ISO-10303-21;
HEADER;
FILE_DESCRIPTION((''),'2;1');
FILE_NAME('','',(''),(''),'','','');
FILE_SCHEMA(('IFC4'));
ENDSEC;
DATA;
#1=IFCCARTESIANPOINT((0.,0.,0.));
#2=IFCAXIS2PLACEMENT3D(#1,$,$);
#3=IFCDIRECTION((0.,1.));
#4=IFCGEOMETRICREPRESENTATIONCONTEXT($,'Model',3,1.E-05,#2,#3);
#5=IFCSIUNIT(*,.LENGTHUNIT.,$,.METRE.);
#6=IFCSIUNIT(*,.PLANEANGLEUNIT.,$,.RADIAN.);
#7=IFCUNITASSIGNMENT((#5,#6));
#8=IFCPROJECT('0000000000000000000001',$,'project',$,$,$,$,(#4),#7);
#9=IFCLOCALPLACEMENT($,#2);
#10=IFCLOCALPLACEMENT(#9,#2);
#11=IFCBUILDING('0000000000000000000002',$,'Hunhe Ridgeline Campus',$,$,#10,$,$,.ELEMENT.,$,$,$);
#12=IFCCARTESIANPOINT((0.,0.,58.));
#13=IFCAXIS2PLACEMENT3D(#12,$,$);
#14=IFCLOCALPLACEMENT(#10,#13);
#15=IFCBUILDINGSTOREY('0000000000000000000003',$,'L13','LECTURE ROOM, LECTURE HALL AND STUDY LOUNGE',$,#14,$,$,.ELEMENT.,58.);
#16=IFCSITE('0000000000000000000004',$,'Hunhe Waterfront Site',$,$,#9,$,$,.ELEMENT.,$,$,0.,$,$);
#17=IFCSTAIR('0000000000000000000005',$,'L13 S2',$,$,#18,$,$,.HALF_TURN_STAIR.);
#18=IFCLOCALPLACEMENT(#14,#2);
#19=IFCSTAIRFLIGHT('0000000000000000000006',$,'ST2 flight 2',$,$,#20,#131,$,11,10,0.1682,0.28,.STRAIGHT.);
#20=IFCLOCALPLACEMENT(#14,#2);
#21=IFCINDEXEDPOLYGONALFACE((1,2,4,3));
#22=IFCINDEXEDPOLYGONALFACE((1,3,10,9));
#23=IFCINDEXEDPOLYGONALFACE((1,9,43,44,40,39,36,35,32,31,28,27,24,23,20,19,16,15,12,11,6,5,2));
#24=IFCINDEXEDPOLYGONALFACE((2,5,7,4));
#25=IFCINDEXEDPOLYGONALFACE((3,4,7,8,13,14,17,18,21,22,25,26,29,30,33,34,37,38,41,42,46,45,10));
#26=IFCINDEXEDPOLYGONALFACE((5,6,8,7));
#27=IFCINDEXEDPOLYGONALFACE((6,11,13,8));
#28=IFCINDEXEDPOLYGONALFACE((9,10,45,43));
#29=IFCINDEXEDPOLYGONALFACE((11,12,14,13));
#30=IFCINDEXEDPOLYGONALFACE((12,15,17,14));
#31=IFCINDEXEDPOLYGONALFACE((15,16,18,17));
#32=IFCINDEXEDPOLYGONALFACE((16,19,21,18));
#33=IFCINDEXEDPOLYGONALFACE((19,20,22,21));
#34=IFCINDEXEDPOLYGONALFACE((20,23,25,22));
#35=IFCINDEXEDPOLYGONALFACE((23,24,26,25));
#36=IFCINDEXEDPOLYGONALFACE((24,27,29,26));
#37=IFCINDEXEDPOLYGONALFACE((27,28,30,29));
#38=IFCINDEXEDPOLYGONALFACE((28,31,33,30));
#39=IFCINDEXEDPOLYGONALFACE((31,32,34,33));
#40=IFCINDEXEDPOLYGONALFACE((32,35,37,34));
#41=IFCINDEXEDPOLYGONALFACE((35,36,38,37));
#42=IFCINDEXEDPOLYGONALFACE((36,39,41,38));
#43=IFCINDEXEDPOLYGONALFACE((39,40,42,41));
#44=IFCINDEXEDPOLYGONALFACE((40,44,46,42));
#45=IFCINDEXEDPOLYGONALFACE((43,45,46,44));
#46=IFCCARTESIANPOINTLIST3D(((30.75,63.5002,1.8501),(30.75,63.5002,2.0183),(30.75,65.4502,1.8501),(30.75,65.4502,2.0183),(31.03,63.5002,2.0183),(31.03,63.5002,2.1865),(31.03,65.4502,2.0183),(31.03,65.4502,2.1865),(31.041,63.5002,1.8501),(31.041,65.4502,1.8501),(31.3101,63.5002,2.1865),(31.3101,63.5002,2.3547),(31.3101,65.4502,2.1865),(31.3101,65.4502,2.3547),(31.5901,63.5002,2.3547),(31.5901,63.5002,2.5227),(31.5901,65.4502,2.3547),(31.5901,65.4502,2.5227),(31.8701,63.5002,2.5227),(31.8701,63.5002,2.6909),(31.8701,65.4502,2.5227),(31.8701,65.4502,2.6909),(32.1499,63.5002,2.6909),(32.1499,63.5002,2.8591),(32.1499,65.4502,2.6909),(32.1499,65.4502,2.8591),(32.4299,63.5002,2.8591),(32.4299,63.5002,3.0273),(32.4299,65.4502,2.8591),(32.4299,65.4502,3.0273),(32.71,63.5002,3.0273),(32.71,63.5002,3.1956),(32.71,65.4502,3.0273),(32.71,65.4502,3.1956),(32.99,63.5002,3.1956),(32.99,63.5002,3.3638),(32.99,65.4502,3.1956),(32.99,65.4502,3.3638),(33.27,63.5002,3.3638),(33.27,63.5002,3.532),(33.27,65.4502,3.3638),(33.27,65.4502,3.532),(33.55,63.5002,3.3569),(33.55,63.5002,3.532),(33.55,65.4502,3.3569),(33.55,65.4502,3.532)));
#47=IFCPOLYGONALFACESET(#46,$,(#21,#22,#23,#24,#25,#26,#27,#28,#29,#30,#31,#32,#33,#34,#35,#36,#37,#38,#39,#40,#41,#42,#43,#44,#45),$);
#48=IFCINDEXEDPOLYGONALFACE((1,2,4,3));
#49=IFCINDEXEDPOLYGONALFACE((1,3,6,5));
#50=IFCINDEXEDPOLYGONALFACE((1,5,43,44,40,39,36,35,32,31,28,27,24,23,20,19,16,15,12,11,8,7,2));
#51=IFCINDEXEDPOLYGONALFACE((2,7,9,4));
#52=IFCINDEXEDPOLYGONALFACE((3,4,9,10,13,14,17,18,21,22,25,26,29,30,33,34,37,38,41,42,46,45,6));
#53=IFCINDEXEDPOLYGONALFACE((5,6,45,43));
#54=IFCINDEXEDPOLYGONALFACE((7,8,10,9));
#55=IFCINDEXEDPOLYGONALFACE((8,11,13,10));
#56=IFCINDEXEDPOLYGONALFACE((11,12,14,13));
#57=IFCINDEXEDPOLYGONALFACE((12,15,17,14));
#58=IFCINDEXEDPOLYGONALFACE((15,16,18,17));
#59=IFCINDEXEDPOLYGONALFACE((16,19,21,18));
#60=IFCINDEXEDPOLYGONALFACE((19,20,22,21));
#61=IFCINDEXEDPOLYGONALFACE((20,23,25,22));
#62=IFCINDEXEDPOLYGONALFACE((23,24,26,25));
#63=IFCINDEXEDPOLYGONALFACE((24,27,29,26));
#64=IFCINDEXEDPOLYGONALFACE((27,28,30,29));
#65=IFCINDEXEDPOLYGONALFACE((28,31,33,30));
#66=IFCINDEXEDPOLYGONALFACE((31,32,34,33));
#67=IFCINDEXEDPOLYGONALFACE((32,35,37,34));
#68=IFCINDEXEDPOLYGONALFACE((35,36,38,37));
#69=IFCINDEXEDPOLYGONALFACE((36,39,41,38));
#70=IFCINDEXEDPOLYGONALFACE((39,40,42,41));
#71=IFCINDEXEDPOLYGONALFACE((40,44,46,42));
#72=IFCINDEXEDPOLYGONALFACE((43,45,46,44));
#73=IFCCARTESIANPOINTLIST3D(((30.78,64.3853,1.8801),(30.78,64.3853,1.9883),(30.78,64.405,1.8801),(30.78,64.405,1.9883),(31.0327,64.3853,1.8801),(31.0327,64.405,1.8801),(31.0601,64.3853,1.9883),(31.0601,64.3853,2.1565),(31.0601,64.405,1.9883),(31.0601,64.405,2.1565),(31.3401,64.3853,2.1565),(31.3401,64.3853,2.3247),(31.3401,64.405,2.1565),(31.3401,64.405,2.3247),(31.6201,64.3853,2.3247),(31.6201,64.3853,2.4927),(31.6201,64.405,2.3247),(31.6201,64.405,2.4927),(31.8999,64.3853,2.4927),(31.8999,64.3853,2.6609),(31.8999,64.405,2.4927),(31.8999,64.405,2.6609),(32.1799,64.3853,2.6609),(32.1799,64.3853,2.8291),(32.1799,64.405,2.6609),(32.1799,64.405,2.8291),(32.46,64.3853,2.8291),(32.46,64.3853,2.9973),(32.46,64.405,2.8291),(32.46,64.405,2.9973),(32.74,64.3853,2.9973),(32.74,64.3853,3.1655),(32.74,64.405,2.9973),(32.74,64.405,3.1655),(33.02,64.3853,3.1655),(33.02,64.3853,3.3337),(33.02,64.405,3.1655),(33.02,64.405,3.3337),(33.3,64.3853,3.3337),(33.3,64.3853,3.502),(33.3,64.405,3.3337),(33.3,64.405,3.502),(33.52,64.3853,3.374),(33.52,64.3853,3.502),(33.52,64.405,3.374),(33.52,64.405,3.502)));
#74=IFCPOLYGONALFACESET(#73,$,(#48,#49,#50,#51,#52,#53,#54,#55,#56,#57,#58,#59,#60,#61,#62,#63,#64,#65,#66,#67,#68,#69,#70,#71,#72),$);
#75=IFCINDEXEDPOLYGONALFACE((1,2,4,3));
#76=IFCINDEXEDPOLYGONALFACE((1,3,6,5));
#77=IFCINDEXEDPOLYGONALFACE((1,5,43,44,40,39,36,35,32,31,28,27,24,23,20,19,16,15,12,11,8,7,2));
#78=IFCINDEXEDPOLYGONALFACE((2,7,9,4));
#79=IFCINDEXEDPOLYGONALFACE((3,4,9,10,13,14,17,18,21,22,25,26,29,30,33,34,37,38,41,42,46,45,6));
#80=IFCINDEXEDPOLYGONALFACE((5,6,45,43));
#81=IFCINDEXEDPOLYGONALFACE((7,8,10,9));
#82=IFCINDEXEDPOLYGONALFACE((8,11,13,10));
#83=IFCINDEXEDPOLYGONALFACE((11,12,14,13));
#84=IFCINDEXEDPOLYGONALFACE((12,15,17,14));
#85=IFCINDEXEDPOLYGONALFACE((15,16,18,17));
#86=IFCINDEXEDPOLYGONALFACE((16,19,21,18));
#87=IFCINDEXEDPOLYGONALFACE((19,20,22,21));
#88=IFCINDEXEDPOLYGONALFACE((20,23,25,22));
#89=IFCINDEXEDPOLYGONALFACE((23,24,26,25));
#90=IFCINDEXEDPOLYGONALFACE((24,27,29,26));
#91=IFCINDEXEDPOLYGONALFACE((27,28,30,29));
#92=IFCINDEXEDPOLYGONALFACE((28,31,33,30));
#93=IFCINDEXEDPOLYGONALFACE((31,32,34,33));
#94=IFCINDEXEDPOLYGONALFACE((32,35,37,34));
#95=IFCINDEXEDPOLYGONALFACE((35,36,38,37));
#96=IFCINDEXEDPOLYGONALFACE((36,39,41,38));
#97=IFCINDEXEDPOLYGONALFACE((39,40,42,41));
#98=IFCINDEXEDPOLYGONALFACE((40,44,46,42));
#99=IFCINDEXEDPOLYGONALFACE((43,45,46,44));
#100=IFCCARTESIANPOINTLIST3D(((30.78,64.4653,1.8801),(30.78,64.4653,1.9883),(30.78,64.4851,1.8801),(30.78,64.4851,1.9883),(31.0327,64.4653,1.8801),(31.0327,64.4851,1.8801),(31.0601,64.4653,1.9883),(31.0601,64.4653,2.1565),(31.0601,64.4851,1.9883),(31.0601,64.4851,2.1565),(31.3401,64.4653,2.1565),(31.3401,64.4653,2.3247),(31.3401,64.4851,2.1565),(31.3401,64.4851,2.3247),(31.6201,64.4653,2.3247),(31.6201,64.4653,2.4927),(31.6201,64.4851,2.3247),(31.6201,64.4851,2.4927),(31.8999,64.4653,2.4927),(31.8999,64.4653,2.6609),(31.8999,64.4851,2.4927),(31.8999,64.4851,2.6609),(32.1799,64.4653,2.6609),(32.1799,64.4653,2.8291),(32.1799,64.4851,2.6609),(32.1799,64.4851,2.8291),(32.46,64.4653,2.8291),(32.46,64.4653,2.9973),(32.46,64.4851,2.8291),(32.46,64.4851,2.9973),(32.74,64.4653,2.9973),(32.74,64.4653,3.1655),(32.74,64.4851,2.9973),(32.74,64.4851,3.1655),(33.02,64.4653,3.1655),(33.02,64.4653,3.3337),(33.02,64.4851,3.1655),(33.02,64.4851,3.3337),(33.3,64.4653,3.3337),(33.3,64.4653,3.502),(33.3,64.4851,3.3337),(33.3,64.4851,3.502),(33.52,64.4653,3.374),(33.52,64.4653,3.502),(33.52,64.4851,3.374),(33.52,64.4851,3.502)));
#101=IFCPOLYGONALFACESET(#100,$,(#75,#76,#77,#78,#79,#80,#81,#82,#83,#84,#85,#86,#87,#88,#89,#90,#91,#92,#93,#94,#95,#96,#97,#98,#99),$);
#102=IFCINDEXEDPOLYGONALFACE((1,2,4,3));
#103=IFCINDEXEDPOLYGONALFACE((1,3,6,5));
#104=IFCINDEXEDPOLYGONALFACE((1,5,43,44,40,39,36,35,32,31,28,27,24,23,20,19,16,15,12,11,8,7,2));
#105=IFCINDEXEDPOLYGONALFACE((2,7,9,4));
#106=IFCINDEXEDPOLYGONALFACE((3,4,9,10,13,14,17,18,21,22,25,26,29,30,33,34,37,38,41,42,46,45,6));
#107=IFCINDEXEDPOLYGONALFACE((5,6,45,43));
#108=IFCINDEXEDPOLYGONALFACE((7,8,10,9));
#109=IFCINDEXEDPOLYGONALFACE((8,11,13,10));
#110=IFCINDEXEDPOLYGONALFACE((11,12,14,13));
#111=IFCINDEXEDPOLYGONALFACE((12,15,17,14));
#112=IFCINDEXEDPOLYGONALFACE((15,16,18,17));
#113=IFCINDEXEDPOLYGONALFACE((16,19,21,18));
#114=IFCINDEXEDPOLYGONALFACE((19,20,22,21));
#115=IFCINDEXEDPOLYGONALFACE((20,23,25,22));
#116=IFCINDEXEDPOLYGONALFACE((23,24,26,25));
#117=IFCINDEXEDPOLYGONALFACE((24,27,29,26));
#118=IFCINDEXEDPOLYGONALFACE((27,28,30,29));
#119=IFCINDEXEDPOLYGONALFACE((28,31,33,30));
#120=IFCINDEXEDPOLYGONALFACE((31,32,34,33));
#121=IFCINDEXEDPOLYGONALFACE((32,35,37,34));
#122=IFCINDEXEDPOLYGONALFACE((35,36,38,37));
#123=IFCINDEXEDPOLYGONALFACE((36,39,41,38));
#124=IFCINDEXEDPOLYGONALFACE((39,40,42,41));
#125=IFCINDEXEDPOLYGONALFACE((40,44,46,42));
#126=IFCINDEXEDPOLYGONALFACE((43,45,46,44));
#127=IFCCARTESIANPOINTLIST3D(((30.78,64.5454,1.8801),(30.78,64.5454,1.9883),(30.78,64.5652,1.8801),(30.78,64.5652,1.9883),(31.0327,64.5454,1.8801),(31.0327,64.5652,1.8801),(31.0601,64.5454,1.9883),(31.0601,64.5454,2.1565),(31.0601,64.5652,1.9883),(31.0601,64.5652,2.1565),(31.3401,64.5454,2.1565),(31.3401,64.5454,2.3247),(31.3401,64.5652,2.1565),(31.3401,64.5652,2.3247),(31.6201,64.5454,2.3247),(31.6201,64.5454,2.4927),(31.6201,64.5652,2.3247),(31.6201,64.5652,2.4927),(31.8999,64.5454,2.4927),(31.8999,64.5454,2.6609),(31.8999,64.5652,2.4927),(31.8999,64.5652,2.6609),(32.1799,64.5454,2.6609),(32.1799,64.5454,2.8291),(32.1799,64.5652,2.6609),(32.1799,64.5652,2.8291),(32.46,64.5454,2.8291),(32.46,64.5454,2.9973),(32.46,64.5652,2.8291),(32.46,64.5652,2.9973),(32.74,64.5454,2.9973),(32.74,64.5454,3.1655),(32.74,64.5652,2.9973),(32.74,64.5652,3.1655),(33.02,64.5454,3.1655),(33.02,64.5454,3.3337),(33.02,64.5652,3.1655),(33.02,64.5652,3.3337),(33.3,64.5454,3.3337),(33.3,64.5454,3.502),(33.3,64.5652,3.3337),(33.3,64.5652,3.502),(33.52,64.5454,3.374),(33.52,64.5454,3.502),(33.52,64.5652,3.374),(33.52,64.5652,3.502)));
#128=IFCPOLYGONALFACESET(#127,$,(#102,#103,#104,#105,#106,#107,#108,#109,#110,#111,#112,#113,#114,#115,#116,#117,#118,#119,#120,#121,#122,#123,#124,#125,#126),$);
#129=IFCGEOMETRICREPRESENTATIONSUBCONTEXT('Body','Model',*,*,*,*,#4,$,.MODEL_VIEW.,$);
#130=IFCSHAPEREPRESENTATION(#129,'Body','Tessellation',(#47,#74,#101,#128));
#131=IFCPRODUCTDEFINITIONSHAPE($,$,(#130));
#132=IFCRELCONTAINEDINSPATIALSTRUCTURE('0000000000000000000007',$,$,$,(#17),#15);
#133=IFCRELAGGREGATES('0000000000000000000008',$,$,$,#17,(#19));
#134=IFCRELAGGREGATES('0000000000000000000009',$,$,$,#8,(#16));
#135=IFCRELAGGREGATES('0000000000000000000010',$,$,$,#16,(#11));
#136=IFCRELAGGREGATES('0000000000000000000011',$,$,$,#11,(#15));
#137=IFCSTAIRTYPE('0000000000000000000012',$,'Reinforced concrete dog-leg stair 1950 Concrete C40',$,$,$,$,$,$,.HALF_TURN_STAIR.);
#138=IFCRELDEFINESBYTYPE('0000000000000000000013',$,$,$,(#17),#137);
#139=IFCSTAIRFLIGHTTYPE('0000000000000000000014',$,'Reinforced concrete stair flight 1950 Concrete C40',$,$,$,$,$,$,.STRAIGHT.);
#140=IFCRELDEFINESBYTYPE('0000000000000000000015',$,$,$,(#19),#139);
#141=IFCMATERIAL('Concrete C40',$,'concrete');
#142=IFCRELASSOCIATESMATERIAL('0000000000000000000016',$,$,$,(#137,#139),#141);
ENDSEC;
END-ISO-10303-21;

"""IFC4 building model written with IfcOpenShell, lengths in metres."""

from ifc_helpers import new_model, si_unit, direction, frame, origin, place, context, subcontext, project, spatial, polyline, outline, extrude, material, type_object, element, aggregate, save


model = new_model("IFC4")

# Units and contexts
model_context = context("Model", 3, precision=1e-05, world=origin(), true_north=direction((0.0, 1.0)))
body_context = subcontext(model_context, "Body", "Model", "MODEL_VIEW")
ifc_project = project(units=[si_unit("LENGTHUNIT", "METRE"), si_unit("PLANEANGLEUNIT", "RADIAN")], contexts=[model_context])

# Site, building, storey
site_placement = place(None, origin())
site = spatial("IfcSite", under=ifc_project, at=site_placement, Name="Hunhe Waterfront Site", CompositionType="ELEMENT", RefElevation=0.0)
building_placement = place(site_placement, origin())
building = spatial("IfcBuilding", under=site, at=building_placement, Name="Hunhe Ridgeline Campus", CompositionType="ELEMENT")
storey_placement = place(building_placement, frame((0.0, 0.0, 58.0)))
storey = spatial("IfcBuildingStorey", under=building, at=storey_placement, Name="L13", Description="LECTURE ROOM, LECTURE HALL AND STUDY LOUNGE", CompositionType="ELEMENT", Elevation=58.0)

# Stair, stair flight
ifc_material_1 = material(Name="Concrete C40", Category="concrete")
stair_type = type_object("IfcStairType", Name="Reinforced concrete dog-leg stair 1950 Concrete C40", PredefinedType="HALF_TURN_STAIR", material=ifc_material_1)
stair_placement = place(storey_placement, origin())
stair = element("IfcStair", 1, at=stair_placement, inside=storey, type_object=stair_type, Name="L13 S2", PredefinedType="HALF_TURN_STAIR")
stair_flight_type = type_object("IfcStairFlightType", Name="Reinforced concrete stair flight 1950 Concrete C40", PredefinedType="STRAIGHT", material=ifc_material_1)
stair_flight_1_placement = place(storey_placement, frame((30.75, 64.4751, 1.8501), z_axis=(0.0, 0.0, 1.0), x_axis=(1.0, 0.0, 0.0)))
stair_flight_1 = element("IfcStairFlight", 2, at=stair_flight_1_placement, type_object=stair_flight_type, Name="ST2 flight 2", NumberOfRisers=11, NumberOfTreads=10, PredefinedType="STRAIGHT", RiserHeight=0.1682, TreadLength=0.28, context=body_context, shape_type="SweptSolid", body=[
    extrude(outline(polyline([(0.0, 0.0), (0.0, 0.1682), (0.28, 0.1682), (0.28, 0.3364), (0.5601, 0.3364), (0.5601, 0.5046), (0.8401, 0.5046), (0.8401, 0.6726), (1.1201, 0.6726), (1.1201, 0.8408), (1.3999, 0.8408), (1.3999, 1.009), (1.6799, 1.009), (1.6799, 1.1772), (1.96, 1.1772), (1.96, 1.3455), (2.24, 1.3455), (2.24, 1.5137), (2.52, 1.5137), (2.52, 1.6819), (2.8, 1.6819), (2.8, 1.8501), (2.8, 1.5068), (0.291, 0.0), (0.0, 0.0)])), frame((0.0, 0.9751, 0.0), z_axis=(0.0, -1.0, 0.0), x_axis=(1.0, 0.0, 0.0)), (0.0, 0.0, 1.0), 1.95),
    extrude(outline(polyline([(0.03, 0.03), (0.03, 0.1382), (0.3101, 0.1382), (0.3101, 0.3064), (0.5901, 0.3064), (0.5901, 0.4746), (0.8701, 0.4746), (0.8701, 0.6426), (1.1499, 0.6426), (1.1499, 0.8108), (1.4299, 0.8108), (1.4299, 0.979), (1.71, 0.979), (1.71, 1.1472), (1.99, 1.1472), (1.99, 1.3154), (2.27, 1.3154), (2.27, 1.4836), (2.55, 1.4836), (2.55, 1.6519), (2.77, 1.6519), (2.77, 1.5239), (0.2827, 0.03), (0.03, 0.03)])), frame((0.0, -0.0701, 0.0), z_axis=(0.0, -1.0, 0.0), x_axis=(1.0, 0.0, 0.0)), (0.0, 0.0, 1.0), 0.0198),
    extrude(outline(polyline([(0.03, 0.03), (0.03, 0.1382), (0.3101, 0.1382), (0.3101, 0.3064), (0.5901, 0.3064), (0.5901, 0.4746), (0.8701, 0.4746), (0.8701, 0.6426), (1.1499, 0.6426), (1.1499, 0.8108), (1.4299, 0.8108), (1.4299, 0.979), (1.71, 0.979), (1.71, 1.1472), (1.99, 1.1472), (1.99, 1.3154), (2.27, 1.3154), (2.27, 1.4836), (2.55, 1.4836), (2.55, 1.6519), (2.77, 1.6519), (2.77, 1.5239), (0.2827, 0.03), (0.03, 0.03)])), frame((0.0, 0.01, 0.0), z_axis=(0.0, -1.0, 0.0), x_axis=(1.0, 0.0, 0.0)), (0.0, 0.0, 1.0), 0.0198),
    extrude(outline(polyline([(0.03, 0.03), (0.03, 0.1382), (0.3101, 0.1382), (0.3101, 0.3064), (0.5901, 0.3064), (0.5901, 0.4746), (0.8701, 0.4746), (0.8701, 0.6426), (1.1499, 0.6426), (1.1499, 0.8108), (1.4299, 0.8108), (1.4299, 0.979), (1.71, 0.979), (1.71, 1.1472), (1.99, 1.1472), (1.99, 1.3154), (2.27, 1.3154), (2.27, 1.4836), (2.55, 1.4836), (2.55, 1.6519), (2.77, 1.6519), (2.77, 1.5239), (0.2827, 0.03), (0.03, 0.03)])), frame((0.0, 0.0901, 0.0), z_axis=(0.0, -1.0, 0.0), x_axis=(1.0, 0.0, 0.0)), (0.0, 0.0, 1.0), 0.0198),
])
aggregate(stair, [stair_flight_1])

save(model, "model.ifc")
